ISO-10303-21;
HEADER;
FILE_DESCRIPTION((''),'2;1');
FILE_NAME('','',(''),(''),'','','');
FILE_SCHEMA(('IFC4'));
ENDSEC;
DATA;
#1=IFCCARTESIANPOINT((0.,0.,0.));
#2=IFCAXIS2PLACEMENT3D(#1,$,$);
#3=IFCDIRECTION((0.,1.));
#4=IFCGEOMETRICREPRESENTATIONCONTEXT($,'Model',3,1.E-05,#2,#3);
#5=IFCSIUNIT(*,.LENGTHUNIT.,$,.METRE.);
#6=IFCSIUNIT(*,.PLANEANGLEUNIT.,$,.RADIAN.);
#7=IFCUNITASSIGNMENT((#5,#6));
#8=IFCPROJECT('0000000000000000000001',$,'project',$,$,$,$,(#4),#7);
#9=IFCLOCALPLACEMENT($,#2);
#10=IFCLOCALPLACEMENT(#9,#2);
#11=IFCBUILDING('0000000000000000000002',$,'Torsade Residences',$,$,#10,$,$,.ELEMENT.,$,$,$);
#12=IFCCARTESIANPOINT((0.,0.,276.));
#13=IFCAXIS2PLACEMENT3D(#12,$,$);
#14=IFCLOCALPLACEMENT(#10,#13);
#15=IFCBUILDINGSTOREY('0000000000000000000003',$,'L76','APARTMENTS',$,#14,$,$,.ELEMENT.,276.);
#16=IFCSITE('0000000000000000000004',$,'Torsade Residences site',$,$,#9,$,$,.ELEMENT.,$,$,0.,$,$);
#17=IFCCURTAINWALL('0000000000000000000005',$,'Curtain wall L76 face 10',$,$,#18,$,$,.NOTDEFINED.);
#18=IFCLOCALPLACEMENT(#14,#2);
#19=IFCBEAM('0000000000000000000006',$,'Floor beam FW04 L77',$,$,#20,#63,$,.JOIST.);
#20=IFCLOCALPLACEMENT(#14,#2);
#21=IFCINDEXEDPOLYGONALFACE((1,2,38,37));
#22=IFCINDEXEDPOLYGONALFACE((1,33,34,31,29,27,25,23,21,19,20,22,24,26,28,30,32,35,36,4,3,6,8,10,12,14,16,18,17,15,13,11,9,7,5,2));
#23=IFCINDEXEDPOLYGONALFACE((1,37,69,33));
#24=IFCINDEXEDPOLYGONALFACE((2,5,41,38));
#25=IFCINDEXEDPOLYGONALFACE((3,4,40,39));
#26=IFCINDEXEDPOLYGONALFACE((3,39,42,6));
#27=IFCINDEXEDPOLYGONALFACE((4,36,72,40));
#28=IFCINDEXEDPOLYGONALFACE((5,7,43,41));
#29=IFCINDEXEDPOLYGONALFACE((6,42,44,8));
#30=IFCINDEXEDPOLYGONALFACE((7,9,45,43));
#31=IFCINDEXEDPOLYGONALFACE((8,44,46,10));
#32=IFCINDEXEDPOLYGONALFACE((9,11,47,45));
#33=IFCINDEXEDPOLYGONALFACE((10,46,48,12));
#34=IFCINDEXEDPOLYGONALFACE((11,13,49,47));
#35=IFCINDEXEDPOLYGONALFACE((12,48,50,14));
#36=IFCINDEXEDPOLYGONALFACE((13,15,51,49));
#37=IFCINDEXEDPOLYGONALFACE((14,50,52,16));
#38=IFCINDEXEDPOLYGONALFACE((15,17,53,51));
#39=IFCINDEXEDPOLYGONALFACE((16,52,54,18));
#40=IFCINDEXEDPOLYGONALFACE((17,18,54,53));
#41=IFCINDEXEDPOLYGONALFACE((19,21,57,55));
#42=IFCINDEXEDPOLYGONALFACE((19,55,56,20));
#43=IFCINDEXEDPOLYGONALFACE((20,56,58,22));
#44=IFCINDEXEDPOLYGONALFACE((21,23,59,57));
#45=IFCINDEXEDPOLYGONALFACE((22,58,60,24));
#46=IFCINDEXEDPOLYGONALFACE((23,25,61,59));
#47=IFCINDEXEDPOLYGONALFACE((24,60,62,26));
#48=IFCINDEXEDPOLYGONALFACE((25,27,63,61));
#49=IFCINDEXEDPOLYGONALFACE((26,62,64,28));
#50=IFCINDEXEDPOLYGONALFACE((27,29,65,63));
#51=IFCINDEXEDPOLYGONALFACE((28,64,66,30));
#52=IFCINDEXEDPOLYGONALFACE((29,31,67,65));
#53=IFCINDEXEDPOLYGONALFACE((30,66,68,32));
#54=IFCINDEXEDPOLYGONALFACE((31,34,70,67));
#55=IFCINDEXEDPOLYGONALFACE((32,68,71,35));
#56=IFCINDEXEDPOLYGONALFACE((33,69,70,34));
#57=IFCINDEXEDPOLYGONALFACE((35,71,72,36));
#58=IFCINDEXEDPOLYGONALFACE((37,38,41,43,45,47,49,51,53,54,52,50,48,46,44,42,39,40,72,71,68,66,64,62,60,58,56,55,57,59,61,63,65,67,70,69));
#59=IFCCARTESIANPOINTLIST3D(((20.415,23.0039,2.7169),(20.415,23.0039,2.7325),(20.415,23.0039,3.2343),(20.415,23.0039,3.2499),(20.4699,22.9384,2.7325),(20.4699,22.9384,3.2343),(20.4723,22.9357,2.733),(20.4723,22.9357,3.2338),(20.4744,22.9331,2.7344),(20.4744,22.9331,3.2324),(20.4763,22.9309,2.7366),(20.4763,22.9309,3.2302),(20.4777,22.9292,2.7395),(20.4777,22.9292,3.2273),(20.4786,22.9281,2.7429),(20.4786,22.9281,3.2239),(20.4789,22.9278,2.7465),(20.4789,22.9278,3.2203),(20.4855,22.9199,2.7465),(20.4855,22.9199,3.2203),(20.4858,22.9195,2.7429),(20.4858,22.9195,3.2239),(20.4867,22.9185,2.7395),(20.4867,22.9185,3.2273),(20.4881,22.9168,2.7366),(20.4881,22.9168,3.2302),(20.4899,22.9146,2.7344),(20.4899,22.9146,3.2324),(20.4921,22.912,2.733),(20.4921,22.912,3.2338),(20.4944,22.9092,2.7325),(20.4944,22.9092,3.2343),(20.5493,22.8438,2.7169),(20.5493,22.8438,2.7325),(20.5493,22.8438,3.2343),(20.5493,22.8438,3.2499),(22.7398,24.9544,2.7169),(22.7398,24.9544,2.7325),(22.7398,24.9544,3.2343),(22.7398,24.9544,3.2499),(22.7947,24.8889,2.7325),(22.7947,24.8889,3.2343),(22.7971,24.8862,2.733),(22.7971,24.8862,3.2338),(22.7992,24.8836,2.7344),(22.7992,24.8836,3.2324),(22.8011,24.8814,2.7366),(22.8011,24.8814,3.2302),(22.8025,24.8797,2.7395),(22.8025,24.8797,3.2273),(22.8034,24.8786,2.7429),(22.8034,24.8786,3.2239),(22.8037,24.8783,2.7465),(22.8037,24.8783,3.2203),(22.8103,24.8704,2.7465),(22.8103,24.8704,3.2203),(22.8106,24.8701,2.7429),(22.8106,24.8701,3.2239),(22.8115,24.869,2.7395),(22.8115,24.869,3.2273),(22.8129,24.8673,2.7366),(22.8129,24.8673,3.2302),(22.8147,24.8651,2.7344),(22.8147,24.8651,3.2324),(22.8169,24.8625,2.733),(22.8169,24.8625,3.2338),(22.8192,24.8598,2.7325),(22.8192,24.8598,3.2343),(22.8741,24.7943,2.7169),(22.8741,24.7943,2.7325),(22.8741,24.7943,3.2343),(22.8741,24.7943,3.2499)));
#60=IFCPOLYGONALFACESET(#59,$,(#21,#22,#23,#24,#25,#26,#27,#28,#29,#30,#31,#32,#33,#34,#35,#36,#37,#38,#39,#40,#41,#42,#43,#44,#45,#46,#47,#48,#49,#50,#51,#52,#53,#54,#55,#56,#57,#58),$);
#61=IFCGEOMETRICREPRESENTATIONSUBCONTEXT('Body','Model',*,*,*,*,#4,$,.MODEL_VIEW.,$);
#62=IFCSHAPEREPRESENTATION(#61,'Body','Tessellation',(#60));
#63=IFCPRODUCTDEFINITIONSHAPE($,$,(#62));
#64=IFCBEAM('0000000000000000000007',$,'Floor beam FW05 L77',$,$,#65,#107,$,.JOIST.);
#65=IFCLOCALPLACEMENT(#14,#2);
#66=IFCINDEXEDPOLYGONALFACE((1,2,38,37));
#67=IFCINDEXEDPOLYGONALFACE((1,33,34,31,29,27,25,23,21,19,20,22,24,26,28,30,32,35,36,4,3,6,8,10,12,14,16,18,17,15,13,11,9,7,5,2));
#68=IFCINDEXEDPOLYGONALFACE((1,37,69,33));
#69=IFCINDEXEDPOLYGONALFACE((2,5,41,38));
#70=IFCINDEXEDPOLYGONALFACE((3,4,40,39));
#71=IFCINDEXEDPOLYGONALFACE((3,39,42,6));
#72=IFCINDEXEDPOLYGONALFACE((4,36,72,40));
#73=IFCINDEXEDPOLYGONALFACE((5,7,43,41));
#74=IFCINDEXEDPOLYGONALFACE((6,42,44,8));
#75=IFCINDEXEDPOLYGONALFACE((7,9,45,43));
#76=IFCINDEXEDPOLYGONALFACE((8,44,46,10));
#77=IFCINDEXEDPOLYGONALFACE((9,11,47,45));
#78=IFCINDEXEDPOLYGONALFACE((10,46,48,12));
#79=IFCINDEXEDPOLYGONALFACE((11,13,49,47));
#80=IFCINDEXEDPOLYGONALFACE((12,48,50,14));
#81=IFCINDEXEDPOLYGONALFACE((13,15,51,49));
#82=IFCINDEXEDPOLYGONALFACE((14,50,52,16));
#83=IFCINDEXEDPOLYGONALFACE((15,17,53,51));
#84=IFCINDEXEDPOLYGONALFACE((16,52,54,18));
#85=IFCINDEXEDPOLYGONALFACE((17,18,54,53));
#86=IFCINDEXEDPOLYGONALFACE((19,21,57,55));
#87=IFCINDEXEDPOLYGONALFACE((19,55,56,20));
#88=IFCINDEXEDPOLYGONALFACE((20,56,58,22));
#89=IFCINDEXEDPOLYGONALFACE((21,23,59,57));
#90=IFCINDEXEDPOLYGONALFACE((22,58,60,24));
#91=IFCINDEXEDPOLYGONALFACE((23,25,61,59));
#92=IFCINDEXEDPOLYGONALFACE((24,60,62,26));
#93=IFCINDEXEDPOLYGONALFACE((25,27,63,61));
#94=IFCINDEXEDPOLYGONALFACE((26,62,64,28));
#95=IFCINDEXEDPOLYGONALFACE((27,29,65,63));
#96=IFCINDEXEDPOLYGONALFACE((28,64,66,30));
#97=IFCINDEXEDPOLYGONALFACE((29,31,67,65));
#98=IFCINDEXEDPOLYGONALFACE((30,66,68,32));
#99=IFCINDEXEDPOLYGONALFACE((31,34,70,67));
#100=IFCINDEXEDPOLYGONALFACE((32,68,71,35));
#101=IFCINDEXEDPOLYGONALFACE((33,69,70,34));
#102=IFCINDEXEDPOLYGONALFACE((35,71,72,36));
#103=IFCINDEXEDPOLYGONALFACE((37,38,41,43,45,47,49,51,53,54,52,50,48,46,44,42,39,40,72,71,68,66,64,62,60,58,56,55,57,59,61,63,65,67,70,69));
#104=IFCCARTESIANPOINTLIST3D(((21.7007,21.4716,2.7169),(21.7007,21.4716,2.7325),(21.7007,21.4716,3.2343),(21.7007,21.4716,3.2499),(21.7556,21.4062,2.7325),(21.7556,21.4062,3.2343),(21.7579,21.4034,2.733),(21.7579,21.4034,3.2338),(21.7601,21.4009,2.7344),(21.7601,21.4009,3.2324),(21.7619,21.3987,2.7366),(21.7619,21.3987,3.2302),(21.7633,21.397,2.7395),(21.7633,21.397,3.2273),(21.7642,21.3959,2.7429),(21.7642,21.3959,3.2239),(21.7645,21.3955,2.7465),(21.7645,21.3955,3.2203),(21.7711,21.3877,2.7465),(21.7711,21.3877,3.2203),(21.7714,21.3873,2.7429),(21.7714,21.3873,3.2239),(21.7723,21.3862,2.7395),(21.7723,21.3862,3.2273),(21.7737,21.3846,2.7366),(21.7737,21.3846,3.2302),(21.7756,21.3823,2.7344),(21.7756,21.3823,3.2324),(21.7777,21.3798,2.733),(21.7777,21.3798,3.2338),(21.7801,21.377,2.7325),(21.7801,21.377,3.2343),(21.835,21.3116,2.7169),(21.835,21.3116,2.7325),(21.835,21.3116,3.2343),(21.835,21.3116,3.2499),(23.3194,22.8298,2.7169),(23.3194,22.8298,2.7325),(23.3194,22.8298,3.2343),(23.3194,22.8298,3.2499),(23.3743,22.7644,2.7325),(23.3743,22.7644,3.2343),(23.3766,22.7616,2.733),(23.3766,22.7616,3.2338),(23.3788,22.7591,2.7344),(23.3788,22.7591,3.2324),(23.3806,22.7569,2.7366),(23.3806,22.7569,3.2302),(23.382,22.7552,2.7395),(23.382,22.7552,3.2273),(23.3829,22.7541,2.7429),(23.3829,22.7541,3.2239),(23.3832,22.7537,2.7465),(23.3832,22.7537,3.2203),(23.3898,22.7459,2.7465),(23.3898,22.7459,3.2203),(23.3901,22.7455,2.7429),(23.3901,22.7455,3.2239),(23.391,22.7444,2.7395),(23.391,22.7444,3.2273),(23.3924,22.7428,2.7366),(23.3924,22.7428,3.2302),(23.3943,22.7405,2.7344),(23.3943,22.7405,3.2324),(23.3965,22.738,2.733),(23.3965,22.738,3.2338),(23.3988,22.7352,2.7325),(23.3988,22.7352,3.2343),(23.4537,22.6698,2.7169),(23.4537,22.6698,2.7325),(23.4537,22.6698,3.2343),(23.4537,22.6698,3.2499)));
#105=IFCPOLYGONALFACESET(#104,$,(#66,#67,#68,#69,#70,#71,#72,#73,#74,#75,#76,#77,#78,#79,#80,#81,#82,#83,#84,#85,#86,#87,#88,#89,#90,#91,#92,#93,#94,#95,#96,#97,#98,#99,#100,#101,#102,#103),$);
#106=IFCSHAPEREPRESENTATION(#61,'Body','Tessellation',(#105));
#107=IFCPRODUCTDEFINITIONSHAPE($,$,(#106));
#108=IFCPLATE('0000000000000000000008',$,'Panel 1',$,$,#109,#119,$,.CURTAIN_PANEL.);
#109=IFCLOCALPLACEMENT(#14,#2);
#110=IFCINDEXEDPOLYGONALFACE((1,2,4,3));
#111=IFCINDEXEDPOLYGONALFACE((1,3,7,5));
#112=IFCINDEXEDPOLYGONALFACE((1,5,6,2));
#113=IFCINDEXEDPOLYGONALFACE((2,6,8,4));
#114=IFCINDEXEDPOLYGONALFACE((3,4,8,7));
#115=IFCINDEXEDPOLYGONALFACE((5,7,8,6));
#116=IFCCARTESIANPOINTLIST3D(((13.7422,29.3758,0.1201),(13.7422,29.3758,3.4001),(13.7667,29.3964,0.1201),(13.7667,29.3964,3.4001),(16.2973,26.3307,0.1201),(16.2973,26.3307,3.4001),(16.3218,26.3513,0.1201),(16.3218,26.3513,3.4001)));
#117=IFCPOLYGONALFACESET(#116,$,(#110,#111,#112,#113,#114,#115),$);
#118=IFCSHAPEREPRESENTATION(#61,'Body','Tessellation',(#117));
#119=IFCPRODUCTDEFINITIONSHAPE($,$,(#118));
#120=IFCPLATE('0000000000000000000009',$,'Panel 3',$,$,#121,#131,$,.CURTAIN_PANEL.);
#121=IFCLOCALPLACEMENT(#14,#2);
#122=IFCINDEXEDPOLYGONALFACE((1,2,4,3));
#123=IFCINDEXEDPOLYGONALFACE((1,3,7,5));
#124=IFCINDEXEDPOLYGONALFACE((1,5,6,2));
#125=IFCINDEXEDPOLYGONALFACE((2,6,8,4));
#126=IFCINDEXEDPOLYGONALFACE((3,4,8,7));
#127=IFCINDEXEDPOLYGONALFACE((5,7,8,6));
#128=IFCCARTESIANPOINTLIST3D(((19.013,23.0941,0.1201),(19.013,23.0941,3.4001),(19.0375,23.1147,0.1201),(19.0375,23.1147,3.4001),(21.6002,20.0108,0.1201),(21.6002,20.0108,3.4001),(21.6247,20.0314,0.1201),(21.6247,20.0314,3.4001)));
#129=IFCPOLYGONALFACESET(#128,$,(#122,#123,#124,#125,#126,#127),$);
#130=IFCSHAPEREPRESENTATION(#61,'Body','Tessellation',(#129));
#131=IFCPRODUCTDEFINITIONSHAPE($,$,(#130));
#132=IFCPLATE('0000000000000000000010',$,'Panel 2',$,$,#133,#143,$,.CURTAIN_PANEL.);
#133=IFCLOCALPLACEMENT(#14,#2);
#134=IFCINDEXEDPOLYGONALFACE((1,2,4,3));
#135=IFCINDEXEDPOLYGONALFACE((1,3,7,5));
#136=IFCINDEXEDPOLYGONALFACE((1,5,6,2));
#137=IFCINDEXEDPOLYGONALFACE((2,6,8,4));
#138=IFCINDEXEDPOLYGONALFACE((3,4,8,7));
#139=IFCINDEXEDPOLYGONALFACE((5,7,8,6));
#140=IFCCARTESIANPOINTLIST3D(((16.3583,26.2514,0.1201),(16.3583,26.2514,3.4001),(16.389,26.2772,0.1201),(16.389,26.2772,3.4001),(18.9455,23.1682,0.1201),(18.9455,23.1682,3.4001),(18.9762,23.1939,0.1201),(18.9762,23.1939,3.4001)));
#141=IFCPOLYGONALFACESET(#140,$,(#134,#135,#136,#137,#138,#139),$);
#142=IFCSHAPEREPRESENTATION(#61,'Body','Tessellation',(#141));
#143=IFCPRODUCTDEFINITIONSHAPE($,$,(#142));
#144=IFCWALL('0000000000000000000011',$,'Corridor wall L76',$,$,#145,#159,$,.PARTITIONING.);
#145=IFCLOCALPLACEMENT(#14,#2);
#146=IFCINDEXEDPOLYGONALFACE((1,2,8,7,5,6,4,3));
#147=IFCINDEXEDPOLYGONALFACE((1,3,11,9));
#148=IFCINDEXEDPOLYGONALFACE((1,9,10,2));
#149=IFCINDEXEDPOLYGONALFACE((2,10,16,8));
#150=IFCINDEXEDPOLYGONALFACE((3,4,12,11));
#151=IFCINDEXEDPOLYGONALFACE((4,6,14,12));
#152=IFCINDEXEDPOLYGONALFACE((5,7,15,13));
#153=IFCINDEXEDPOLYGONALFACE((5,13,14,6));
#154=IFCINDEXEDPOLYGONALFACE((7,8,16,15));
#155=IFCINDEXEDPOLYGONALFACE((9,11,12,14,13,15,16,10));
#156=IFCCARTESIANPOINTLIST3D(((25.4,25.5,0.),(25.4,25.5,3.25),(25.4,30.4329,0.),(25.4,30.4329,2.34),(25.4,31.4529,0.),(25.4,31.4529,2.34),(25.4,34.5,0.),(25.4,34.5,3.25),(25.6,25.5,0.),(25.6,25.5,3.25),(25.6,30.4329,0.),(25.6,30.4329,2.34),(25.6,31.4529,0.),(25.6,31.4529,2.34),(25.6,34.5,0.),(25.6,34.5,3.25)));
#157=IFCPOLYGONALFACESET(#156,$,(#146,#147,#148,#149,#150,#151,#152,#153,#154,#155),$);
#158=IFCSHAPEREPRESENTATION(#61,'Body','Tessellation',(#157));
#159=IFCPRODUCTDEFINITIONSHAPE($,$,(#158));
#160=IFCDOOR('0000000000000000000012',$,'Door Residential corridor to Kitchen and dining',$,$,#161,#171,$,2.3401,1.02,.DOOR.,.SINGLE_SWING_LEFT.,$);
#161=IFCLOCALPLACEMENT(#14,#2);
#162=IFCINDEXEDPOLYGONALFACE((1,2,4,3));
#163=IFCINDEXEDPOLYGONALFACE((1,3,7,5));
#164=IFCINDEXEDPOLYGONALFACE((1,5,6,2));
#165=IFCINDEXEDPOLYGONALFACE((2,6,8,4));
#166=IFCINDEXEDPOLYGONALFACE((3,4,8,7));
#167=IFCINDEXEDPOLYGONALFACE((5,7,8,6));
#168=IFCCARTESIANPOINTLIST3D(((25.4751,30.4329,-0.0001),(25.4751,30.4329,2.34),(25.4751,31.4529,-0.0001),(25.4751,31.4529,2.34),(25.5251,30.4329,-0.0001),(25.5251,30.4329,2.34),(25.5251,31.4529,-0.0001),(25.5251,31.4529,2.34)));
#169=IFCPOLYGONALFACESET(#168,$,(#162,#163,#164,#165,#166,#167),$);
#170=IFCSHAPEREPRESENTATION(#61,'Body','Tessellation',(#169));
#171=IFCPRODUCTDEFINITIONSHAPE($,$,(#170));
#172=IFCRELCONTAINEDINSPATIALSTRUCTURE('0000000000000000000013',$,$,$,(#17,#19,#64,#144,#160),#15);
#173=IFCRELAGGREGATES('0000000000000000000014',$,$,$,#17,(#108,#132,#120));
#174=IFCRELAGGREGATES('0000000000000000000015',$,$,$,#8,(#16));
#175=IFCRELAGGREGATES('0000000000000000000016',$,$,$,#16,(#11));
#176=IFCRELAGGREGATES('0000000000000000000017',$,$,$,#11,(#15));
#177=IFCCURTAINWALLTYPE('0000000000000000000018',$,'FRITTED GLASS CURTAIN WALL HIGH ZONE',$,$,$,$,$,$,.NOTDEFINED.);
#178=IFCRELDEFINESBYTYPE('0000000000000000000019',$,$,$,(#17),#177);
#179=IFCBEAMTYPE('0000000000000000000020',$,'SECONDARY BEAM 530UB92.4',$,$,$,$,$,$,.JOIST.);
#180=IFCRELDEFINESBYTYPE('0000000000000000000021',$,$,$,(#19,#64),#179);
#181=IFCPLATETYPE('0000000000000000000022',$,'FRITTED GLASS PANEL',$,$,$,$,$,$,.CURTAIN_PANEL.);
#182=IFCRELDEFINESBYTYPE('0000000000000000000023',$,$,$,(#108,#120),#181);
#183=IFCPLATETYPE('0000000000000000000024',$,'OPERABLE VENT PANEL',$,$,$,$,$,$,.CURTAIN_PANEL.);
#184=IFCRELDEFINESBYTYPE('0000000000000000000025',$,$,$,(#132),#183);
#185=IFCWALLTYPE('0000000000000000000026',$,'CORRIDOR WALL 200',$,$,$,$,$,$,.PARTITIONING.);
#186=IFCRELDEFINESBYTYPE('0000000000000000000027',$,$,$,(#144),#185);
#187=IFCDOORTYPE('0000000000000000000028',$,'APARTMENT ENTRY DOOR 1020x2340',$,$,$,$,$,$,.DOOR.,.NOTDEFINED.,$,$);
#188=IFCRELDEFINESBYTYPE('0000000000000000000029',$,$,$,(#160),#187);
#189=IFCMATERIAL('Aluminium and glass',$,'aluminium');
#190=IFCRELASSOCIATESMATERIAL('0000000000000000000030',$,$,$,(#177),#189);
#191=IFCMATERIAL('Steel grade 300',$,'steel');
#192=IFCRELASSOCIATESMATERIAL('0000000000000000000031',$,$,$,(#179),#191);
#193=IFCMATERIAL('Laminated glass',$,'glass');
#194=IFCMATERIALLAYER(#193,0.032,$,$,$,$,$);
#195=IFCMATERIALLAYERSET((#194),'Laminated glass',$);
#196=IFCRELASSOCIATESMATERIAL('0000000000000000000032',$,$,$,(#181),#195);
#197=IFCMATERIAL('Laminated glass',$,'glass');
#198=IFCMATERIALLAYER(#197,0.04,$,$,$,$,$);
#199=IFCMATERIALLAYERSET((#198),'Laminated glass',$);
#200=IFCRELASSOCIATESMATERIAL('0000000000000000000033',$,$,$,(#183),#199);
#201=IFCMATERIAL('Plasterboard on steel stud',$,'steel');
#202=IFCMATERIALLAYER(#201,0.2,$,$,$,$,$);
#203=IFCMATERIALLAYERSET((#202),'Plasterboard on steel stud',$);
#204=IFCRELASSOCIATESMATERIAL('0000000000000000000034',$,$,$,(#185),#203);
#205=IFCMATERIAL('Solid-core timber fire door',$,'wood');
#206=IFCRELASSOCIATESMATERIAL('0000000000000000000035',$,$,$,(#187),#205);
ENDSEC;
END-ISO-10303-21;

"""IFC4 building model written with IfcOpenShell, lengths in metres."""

from ifc_helpers import new_model, si_unit, direction, frame, frame_2d, origin, origin_2d, place, context, subcontext, project, spatial, rectangle, i_section, extrude, material, layer, layer_set, material_profile, profile_set, type_object, element, fill, aggregate, save


model = new_model("IFC4")

# Units and contexts
model_context = context("Model", 3, precision=1e-05, world=origin(), true_north=direction((0.0, 1.0)))
body_context = subcontext(model_context, "Body", "Model", "MODEL_VIEW")
ifc_project = project(units=[si_unit("LENGTHUNIT", "METRE"), si_unit("PLANEANGLEUNIT", "RADIAN")], contexts=[model_context])

# Site, building, storey
site_placement = place(None, origin())
site = spatial("IfcSite", under=ifc_project, at=site_placement, Name="Torsade Residences site", CompositionType="ELEMENT", RefElevation=0.0)
building_placement = place(site_placement, origin())
building = spatial("IfcBuilding", under=site, at=building_placement, Name="Torsade Residences", CompositionType="ELEMENT")
storey_placement = place(building_placement, frame((0.0, 0.0, 276.0)))
storey = spatial("IfcBuildingStorey", under=building, at=storey_placement, Name="L76", Description="APARTMENTS", CompositionType="ELEMENT", Elevation=276.0)

# Curtain wall
ifc_material_1 = material(Name="Aluminium and glass", Category="aluminium")
curtain_wall_type = type_object("IfcCurtainWallType", Name="FRITTED GLASS CURTAIN WALL HIGH ZONE", PredefinedType="NOTDEFINED", material=ifc_material_1)
curtain_wall_placement = place(storey_placement, origin())
curtain_wall = element("IfcCurtainWall", 1, at=curtain_wall_placement, inside=storey, type_object=curtain_wall_type, Name="Curtain wall L76 face 10", PredefinedType="NOTDEFINED")

# Beams
ifc_material_2 = material(Name="Steel grade 300", Category="steel")
ifc_material_profile_1 = material_profile(ifc_material_2, i_section(OverallWidth=0.209, OverallDepth=0.533, WebThickness=0.0103, FlangeThickness=0.0156, FilletRadius=0.0139, at=origin_2d()), Name="530UB92.4")
ifc_profile_set_1 = profile_set([ifc_material_profile_1], Name="Steel grade 300")
beam_type_1 = type_object("IfcBeamType", Name="SECONDARY BEAM 530UB92.4", PredefinedType="JOIST", material=ifc_profile_set_1)
beam_1_placement = place(storey_placement, frame((20.4822, 22.9238, 2.9834), z_axis=(0.76608, 0.642745, 0.0), x_axis=(-0.642745, 0.76608, 0.0)))
element("IfcBeam", 2, at=beam_1_placement, inside=storey, type_object=beam_type_1, Name="Floor beam FW04 L77", PredefinedType="JOIST", context=body_context, shape_type="SweptSolid", body=[
    extrude(i_section(OverallWidth=0.209, OverallDepth=0.533, WebThickness=0.0103, FlangeThickness=0.0156, FilletRadius=0.0139, at=origin_2d()), origin(), (0.0, 0.0, 1.0), 3.0347),
])
beam_2_placement = place(storey_placement, frame((21.7678, 21.3916, 2.9834), z_axis=(0.766058, 0.642772, 0.0), x_axis=(-0.642772, 0.766058, 0.0)))
element("IfcBeam", 3, at=beam_2_placement, inside=storey, type_object=beam_type_1, Name="Floor beam FW05 L77", PredefinedType="JOIST", context=body_context, shape_type="SweptSolid", body=[
    extrude(i_section(OverallWidth=0.209, OverallDepth=0.533, WebThickness=0.0103, FlangeThickness=0.0156, FilletRadius=0.0139, at=origin_2d()), origin(), (0.0, 0.0, 1.0), 2.113),
])

# Plates
ifc_material_3 = material(Name="Laminated glass", Category="glass")
ifc_layer_1 = layer(ifc_material_3, 0.032)
ifc_layer_set_1 = layer_set([ifc_layer_1], Name="Laminated glass")
plate_type_1 = type_object("IfcPlateType", Name="FRITTED GLASS PANEL", PredefinedType="CURTAIN_PANEL", material=ifc_layer_set_1)
plate_1_placement = place(storey_placement, frame((15.032, 27.8635, 0.1201), z_axis=(0.0, 0.0, 1.0), x_axis=(0.642788, -0.766044, 0.0)))
plate_1 = element("IfcPlate", 4, at=plate_1_placement, type_object=plate_type_1, Name="Panel 1", PredefinedType="CURTAIN_PANEL", context=body_context, shape_type="SweptSolid", body=[
    extrude(rectangle(XDim=3.9751, YDim=0.032, at=origin_2d()), origin(), (0.0, 0.0, 1.0), 3.28),
])
plate_2_placement = place(storey_placement, frame((20.3188, 21.5627, 0.1201), z_axis=(0.0, 0.0, 1.0), x_axis=(0.642788, -0.766044, 0.0)))
plate_2 = element("IfcPlate", 5, at=plate_2_placement, type_object=plate_type_1, Name="Panel 3", PredefinedType="CURTAIN_PANEL", context=body_context, shape_type="SweptSolid", body=[
    extrude(rectangle(XDim=4.0249, YDim=0.032, at=origin_2d()), origin(), (0.0, 0.0, 1.0), 3.28),
])
ifc_material_4 = material(Name="Laminated glass", Category="glass")
ifc_layer_2 = layer(ifc_material_4, 0.04)
ifc_layer_set_2 = layer_set([ifc_layer_2], Name="Laminated glass")
plate_type_2 = type_object("IfcPlateType", Name="OPERABLE VENT PANEL", PredefinedType="CURTAIN_PANEL", material=ifc_layer_set_2)
plate_3_placement = place(storey_placement, frame((17.6672, 24.7227, 0.1201), z_axis=(0.0, 0.0, 1.0), x_axis=(0.642788, -0.766044, 0.0)))
plate_3 = element("IfcPlate", 6, at=plate_3_placement, type_object=plate_type_2, Name="Panel 2", PredefinedType="CURTAIN_PANEL", context=body_context, shape_type="SweptSolid", body=[
    extrude(rectangle(XDim=4.0249, YDim=0.04, at=origin_2d()), origin(), (0.0, 0.0, 1.0), 3.28),
])
aggregate(curtain_wall, [plate_1, plate_3, plate_2])

# Wall, opening, door
ifc_material_5 = material(Name="Plasterboard on steel stud", Category="steel")
ifc_layer_3 = layer(ifc_material_5, 0.2)
ifc_layer_set_3 = layer_set([ifc_layer_3], Name="Plasterboard on steel stud")
wall_type_1 = type_object("IfcWallType", Name="CORRIDOR WALL 200", PredefinedType="PARTITIONING", material=ifc_layer_set_3)
wall_1_placement = place(storey_placement, frame((25.5, 25.5, 0.0), z_axis=(0.0, 0.0, 1.0), x_axis=(0.0, 1.0, 0.0)))
wall_1 = element("IfcWall", 7, at=wall_1_placement, inside=storey, type_object=wall_type_1, Name="Corridor wall L76", PredefinedType="PARTITIONING", context=body_context, shape_type="SweptSolid", body=[
    extrude(rectangle(XDim=9.0, YDim=0.2, at=frame_2d((4.5, 0.0))), origin(), (0.0, 0.0, 1.0), 3.25),
])
opening_1_placement = place(wall_1_placement, frame((4.9329, 0.0, 0.0)))
opening_1 = element("IfcOpeningElement", 8, at=opening_1_placement, cuts=wall_1, PredefinedType="OPENING", context=body_context, shape_type="SweptSolid", body=[
    extrude(rectangle(XDim=1.02, YDim=2.3401, at=frame_2d((0.51, 1.1699))), frame((0.0, 0.1099, 0.0), z_axis=(0.0, -1.0, 0.0), x_axis=(1.0, 0.0, 0.0)), (0.0, 0.0, 1.0), 0.22),
])
ifc_material_6 = material(Name="Solid-core timber fire door", Category="wood")
door_type_1 = type_object("IfcDoorType", Name="APARTMENT ENTRY DOOR 1020x2340", OperationType="NOTDEFINED", PredefinedType="DOOR", material=ifc_material_6)
door_1_placement = place(opening_1_placement, origin())
door_1 = element("IfcDoor", 9, at=door_1_placement, inside=storey, type_object=door_type_1, Name="Door Residential corridor to Kitchen and dining", OperationType="SINGLE_SWING_LEFT", OverallHeight=2.3401, OverallWidth=1.02, PredefinedType="DOOR", context=body_context, shape_type="SweptSolid", body=[
    extrude(rectangle(XDim=1.02, YDim=2.3401, at=frame_2d((0.51, 1.1699))), frame((0.0, 0.0249, 0.0), z_axis=(0.0, -1.0, 0.0), x_axis=(1.0, 0.0, 0.0)), (0.0, 0.0, 1.0), 0.05),
])
fill(opening_1, door_1)

save(model, "model.ifc")
